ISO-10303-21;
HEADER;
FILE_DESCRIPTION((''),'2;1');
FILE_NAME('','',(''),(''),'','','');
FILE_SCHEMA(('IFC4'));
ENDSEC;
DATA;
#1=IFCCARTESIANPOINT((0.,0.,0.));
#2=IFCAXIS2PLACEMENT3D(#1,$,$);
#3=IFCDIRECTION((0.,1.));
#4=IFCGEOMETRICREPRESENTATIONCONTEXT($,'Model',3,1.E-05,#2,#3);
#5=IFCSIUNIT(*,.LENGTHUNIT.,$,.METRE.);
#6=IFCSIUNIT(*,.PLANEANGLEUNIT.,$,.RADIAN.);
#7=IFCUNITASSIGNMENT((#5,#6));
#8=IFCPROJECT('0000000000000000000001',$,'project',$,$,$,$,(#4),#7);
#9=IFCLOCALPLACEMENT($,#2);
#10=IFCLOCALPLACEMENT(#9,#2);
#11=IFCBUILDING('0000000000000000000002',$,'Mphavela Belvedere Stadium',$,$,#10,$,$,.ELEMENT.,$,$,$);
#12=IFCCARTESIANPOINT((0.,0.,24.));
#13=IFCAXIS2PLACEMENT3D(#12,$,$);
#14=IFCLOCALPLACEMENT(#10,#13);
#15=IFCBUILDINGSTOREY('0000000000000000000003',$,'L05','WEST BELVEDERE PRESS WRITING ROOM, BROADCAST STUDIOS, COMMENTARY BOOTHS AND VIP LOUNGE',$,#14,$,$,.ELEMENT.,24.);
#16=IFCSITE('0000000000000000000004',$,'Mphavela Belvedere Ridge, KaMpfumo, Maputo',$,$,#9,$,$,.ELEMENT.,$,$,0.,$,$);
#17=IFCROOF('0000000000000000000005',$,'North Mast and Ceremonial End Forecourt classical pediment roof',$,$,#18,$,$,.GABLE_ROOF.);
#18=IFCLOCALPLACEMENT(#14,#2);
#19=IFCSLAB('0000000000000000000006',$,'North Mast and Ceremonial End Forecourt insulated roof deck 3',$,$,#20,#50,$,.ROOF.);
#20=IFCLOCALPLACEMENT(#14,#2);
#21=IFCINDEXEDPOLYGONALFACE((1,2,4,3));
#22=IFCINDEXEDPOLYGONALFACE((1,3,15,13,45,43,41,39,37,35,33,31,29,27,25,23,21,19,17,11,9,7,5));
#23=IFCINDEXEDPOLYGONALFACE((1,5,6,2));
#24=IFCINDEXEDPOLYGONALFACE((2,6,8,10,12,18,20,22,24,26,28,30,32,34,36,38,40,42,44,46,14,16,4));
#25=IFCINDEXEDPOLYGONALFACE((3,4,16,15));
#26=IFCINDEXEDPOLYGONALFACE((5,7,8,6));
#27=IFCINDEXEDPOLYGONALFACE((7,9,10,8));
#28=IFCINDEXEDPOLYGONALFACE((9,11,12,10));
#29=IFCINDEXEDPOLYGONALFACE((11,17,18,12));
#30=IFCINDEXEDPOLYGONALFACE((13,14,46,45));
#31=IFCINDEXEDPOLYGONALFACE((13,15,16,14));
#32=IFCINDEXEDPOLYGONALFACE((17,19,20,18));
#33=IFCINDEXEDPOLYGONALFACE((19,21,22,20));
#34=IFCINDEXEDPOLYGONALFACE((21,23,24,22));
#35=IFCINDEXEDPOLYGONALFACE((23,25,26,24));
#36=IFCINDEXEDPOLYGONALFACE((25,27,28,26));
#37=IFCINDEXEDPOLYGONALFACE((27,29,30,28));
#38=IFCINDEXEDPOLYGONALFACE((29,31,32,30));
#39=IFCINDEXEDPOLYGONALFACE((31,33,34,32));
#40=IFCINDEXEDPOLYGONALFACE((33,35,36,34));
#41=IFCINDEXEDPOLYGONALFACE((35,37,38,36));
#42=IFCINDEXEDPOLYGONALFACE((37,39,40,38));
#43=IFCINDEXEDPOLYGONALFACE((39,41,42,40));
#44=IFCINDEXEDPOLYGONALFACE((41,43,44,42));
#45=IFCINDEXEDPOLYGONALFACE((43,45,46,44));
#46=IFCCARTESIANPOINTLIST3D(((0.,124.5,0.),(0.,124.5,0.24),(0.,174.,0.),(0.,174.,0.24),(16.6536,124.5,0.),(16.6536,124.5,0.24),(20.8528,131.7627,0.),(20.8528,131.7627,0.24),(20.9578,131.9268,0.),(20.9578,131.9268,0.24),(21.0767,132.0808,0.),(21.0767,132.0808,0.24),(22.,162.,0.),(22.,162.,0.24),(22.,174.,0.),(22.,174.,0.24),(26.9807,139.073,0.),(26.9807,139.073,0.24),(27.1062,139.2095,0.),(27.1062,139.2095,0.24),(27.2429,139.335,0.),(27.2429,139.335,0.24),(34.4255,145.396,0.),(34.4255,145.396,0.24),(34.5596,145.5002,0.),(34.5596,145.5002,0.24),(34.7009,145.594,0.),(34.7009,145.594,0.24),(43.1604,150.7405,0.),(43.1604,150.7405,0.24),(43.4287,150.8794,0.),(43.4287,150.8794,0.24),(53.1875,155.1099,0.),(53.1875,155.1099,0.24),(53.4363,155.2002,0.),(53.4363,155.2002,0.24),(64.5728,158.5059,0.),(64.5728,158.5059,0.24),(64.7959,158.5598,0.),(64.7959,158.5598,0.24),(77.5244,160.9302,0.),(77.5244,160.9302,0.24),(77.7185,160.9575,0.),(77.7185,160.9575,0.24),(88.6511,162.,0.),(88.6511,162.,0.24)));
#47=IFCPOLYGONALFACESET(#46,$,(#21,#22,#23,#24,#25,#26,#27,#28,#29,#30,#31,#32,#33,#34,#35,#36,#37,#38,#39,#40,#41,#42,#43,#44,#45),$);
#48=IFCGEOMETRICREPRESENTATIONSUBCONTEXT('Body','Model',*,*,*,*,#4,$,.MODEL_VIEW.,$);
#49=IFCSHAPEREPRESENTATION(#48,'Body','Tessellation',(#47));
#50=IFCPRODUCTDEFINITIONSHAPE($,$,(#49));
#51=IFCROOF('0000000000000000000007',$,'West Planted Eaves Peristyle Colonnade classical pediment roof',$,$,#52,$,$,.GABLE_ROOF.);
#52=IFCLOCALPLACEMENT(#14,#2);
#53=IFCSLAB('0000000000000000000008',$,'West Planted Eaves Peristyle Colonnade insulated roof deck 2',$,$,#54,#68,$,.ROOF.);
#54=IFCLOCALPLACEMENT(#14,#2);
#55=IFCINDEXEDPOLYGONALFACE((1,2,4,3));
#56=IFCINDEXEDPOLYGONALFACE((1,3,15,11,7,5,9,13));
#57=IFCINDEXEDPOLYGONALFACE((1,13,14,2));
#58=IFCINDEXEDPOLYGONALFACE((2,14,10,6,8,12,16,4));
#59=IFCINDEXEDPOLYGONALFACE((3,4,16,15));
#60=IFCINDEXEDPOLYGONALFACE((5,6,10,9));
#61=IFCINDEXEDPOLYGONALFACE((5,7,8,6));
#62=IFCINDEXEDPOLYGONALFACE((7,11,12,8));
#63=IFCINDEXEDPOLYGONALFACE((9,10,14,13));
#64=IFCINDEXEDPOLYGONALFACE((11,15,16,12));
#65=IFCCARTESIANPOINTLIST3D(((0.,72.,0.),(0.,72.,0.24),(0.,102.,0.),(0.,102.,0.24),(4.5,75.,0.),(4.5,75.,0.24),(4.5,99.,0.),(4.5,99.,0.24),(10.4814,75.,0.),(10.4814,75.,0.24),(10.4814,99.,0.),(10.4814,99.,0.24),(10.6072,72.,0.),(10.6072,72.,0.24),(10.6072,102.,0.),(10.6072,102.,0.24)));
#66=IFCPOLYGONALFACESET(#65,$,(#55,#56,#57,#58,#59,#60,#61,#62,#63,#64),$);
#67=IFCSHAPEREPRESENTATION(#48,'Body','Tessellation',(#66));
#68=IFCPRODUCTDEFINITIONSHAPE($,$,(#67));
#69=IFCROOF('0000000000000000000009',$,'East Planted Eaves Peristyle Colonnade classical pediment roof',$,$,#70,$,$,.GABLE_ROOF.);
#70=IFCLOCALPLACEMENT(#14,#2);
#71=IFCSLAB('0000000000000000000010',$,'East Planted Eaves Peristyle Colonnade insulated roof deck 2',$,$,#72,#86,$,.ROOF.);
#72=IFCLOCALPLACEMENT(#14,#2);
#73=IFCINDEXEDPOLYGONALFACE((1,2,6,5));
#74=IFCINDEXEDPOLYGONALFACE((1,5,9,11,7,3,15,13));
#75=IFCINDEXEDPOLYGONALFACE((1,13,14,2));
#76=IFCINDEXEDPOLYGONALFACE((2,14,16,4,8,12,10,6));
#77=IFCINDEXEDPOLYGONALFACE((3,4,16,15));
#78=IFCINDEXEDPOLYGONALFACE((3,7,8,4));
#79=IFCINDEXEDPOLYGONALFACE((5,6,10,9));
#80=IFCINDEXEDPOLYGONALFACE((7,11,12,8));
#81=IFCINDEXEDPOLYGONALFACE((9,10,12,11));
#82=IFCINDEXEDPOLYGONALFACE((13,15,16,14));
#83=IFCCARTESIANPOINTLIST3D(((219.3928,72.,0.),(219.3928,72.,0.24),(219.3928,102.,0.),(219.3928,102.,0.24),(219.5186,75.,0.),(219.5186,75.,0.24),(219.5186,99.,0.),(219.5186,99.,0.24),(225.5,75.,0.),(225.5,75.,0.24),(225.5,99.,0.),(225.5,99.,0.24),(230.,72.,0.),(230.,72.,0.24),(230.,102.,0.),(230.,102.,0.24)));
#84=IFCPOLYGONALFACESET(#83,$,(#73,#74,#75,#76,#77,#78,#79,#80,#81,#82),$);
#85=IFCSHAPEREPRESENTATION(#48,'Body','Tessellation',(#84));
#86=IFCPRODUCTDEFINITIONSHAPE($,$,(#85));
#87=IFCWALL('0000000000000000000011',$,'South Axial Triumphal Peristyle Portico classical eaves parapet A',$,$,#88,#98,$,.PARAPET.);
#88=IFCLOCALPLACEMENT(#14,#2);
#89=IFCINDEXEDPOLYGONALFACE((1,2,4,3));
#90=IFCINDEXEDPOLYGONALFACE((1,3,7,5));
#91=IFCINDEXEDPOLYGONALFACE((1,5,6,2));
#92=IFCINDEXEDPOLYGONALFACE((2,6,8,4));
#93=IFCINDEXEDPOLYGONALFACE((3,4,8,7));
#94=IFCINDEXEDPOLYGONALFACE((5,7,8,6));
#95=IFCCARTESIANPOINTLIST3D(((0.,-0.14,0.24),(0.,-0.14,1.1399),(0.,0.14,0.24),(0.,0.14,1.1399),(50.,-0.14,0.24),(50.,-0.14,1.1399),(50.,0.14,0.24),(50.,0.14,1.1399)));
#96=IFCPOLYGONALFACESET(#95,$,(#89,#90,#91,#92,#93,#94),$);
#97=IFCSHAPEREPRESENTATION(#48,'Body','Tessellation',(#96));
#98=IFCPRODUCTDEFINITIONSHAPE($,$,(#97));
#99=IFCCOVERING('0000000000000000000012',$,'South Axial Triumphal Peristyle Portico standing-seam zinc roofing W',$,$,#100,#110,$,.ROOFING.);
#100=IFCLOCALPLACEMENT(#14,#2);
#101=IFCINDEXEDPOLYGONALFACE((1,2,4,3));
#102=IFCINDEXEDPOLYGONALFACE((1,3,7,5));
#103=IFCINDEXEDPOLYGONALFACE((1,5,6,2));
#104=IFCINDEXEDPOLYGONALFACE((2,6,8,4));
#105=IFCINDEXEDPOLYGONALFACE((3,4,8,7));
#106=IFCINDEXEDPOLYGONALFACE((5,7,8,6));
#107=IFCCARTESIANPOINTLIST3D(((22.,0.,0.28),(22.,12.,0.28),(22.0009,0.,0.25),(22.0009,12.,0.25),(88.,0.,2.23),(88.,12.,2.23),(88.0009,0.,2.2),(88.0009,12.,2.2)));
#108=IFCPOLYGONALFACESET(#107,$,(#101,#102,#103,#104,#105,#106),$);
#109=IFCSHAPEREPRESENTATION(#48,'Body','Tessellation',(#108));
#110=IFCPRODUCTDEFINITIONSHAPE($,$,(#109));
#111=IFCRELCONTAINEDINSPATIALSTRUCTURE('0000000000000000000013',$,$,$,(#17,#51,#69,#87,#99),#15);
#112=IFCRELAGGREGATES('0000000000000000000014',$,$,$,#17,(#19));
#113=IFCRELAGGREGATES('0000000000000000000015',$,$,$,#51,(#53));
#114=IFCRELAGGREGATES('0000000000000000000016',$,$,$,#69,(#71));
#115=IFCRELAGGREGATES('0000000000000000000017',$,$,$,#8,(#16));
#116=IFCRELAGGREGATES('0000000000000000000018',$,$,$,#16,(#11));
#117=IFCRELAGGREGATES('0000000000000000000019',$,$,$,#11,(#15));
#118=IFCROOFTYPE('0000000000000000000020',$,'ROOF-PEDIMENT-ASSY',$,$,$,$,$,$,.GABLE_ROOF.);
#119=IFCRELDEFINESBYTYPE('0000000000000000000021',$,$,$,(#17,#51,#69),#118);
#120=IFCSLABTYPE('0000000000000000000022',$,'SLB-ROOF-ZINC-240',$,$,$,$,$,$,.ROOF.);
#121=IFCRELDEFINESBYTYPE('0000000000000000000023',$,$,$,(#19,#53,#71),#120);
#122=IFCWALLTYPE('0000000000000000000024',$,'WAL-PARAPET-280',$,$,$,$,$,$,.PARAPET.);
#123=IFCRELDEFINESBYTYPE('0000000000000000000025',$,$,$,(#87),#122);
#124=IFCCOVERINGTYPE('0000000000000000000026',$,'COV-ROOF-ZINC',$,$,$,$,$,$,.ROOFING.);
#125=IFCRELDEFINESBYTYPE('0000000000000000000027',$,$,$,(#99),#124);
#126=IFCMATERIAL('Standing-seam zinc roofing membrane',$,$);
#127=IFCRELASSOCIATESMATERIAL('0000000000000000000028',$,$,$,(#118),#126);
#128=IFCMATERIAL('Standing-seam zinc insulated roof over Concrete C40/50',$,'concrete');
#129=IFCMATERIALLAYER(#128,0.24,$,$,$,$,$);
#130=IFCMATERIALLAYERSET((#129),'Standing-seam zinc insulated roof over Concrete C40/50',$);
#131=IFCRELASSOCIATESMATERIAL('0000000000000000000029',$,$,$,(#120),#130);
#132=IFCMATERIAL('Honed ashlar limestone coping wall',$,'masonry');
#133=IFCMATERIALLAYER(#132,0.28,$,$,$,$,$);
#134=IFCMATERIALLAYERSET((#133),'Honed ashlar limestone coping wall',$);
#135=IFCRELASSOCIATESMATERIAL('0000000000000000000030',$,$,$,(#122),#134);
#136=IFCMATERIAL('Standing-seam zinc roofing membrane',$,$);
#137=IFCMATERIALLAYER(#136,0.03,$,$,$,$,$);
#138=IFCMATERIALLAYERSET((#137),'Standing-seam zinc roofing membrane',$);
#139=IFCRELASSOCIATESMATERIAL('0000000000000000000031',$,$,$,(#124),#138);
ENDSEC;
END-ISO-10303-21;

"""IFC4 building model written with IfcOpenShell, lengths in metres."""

from ifc_helpers import new_model, si_unit, direction, frame, frame_2d, origin, place, context, subcontext, project, spatial, polyline, rectangle, outline, extrude, material, layer, layer_set, type_object, element, aggregate, save


model = new_model("IFC4")

# Units and contexts
model_context = context("Model", 3, precision=1e-05, world=origin(), true_north=direction((0.0, 1.0)))
body_context = subcontext(model_context, "Body", "Model", "MODEL_VIEW")
ifc_project = project(units=[si_unit("LENGTHUNIT", "METRE"), si_unit("PLANEANGLEUNIT", "RADIAN")], contexts=[model_context])

# Site, building, storey
site_placement = place(None, origin())
site = spatial("IfcSite", under=ifc_project, at=site_placement, Name="Mphavela Belvedere Ridge, KaMpfumo, Maputo", CompositionType="ELEMENT", RefElevation=0.0)
building_placement = place(site_placement, origin())
building = spatial("IfcBuilding", under=site, at=building_placement, Name="Mphavela Belvedere Stadium", CompositionType="ELEMENT")
storey_placement = place(building_placement, frame((0.0, 0.0, 24.0)))
storey = spatial("IfcBuildingStorey", under=building, at=storey_placement, Name="L05", Description="WEST BELVEDERE PRESS WRITING ROOM, BROADCAST STUDIOS, COMMENTARY BOOTHS AND VIP LOUNGE", CompositionType="ELEMENT", Elevation=24.0)

# Roof, slab
ifc_material_1 = material(Name="Standing-seam zinc roofing membrane")
roof_type = type_object("IfcRoofType", Name="ROOF-PEDIMENT-ASSY", PredefinedType="GABLE_ROOF", material=ifc_material_1)
ifc_material_2 = material(Name="Standing-seam zinc insulated roof over Concrete C40/50", Category="concrete")
ifc_layer_1 = layer(ifc_material_2, 0.24)
ifc_layer_set_1 = layer_set([ifc_layer_1], Name="Standing-seam zinc insulated roof over Concrete C40/50")
slab_type_1 = type_object("IfcSlabType", Name="SLB-ROOF-ZINC-240", PredefinedType="ROOF", material=ifc_layer_set_1)
roof_1_placement = place(storey_placement, origin())
roof_1 = element("IfcRoof", 1, at=roof_1_placement, inside=storey, type_object=roof_type, Name="North Mast and Ceremonial End Forecourt classical pediment roof", PredefinedType="GABLE_ROOF")
slab_1_placement = place(storey_placement, origin())
slab_1 = element("IfcSlab", 2, at=slab_1_placement, type_object=slab_type_1, Name="North Mast and Ceremonial End Forecourt insulated roof deck 3", PredefinedType="ROOF", context=body_context, shape_type="SweptSolid", body=[
    extrude(outline(polyline([(77.7185, 160.9575), (77.5244, 160.9302), (64.7959, 158.5598), (64.5728, 158.5059), (53.4363, 155.2002), (53.1875, 155.1099), (43.4287, 150.8794), (43.1604, 150.7405), (34.7009, 145.594), (34.5596, 145.5002), (34.4255, 145.396), (27.2429, 139.335), (27.1062, 139.2095), (26.9807, 139.073), (21.0767, 132.0808), (20.9578, 131.9268), (20.8528, 131.7627), (16.6536, 124.5), (0.0, 124.5), (0.0, 174.0), (22.0, 174.0), (22.0, 162.0), (88.6511, 162.0), (77.7185, 160.9575)])), origin(), (0.0, 0.0, 1.0), 0.24),
])
aggregate(roof_1, [slab_1])

# Roofs, slabs
roof_2_placement = place(storey_placement, origin())
roof_2 = element("IfcRoof", 3, at=roof_2_placement, inside=storey, type_object=roof_type, Name="West Planted Eaves Peristyle Colonnade classical pediment roof", PredefinedType="GABLE_ROOF")
slab_2_placement = place(storey_placement, origin())
slab_2 = element("IfcSlab", 4, at=slab_2_placement, type_object=slab_type_1, Name="West Planted Eaves Peristyle Colonnade insulated roof deck 2", PredefinedType="ROOF", context=body_context, shape_type="SweptSolid", body=[
    extrude(outline(polyline([(10.4814, 99.0), (4.5, 99.0), (4.5, 75.0), (10.4814, 75.0), (10.6072, 72.0), (0.0, 72.0), (0.0, 102.0), (10.6072, 102.0), (10.4814, 99.0)])), origin(), (0.0, 0.0, 1.0), 0.24),
])
aggregate(roof_2, [slab_2])
roof_3_placement = place(storey_placement, origin())
roof_3 = element("IfcRoof", 5, at=roof_3_placement, inside=storey, type_object=roof_type, Name="East Planted Eaves Peristyle Colonnade classical pediment roof", PredefinedType="GABLE_ROOF")
slab_3_placement = place(storey_placement, origin())
slab_3 = element("IfcSlab", 6, at=slab_3_placement, type_object=slab_type_1, Name="East Planted Eaves Peristyle Colonnade insulated roof deck 2", PredefinedType="ROOF", context=body_context, shape_type="SweptSolid", body=[
    extrude(outline(polyline([(219.5186, 75.0), (225.5, 75.0), (225.5, 99.0), (219.5186, 99.0), (219.3928, 102.0), (230.0, 102.0), (230.0, 72.0), (219.3928, 72.0), (219.5186, 75.0)])), origin(), (0.0, 0.0, 1.0), 0.24),
])
aggregate(roof_3, [slab_3])

# Wall
ifc_material_3 = material(Name="Honed ashlar limestone coping wall", Category="masonry")
ifc_layer_2 = layer(ifc_material_3, 0.28)
ifc_layer_set_2 = layer_set([ifc_layer_2], Name="Honed ashlar limestone coping wall")
wall_type = type_object("IfcWallType", Name="WAL-PARAPET-280", PredefinedType="PARAPET", material=ifc_layer_set_2)
wall_placement = place(storey_placement, frame((0.0, 0.0, 0.24), z_axis=(0.0, 0.0, 1.0), x_axis=(1.0, 0.0, 0.0)))
element("IfcWall", 7, at=wall_placement, inside=storey, type_object=wall_type, Name="South Axial Triumphal Peristyle Portico classical eaves parapet A", PredefinedType="PARAPET", context=body_context, shape_type="SweptSolid", body=[
    extrude(rectangle(XDim=50.0, YDim=0.28, at=frame_2d((25.0, 0.0))), origin(), (0.0, 0.0, 1.0), 0.8999),
])

# Covering
ifc_material_4 = material(Name="Standing-seam zinc roofing membrane")
ifc_layer_3 = layer(ifc_material_4, 0.03)
ifc_layer_set_3 = layer_set([ifc_layer_3], Name="Standing-seam zinc roofing membrane")
covering_type = type_object("IfcCoveringType", Name="COV-ROOF-ZINC", PredefinedType="ROOFING", material=ifc_layer_set_3)
covering_placement = place(storey_placement, frame((22.0, 0.0, 0.28), z_axis=(-0.029532, 0.0, 0.999564), x_axis=(0.999564, 0.0, 0.029532)))
element("IfcCovering", 8, at=covering_placement, inside=storey, type_object=covering_type, Name="South Axial Triumphal Peristyle Portico standing-seam zinc roofing W", PredefinedType="ROOFING", context=body_context, shape_type="SweptSolid", body=[
    extrude(outline(polyline([(0.0, 0.0), (66.0288, 0.0), (66.0288, 12.0), (0.0, 12.0), (0.0, 0.0)])), origin(), (0.0, 0.0, -1.0), 0.03),
])

save(model, "model.ifc")
